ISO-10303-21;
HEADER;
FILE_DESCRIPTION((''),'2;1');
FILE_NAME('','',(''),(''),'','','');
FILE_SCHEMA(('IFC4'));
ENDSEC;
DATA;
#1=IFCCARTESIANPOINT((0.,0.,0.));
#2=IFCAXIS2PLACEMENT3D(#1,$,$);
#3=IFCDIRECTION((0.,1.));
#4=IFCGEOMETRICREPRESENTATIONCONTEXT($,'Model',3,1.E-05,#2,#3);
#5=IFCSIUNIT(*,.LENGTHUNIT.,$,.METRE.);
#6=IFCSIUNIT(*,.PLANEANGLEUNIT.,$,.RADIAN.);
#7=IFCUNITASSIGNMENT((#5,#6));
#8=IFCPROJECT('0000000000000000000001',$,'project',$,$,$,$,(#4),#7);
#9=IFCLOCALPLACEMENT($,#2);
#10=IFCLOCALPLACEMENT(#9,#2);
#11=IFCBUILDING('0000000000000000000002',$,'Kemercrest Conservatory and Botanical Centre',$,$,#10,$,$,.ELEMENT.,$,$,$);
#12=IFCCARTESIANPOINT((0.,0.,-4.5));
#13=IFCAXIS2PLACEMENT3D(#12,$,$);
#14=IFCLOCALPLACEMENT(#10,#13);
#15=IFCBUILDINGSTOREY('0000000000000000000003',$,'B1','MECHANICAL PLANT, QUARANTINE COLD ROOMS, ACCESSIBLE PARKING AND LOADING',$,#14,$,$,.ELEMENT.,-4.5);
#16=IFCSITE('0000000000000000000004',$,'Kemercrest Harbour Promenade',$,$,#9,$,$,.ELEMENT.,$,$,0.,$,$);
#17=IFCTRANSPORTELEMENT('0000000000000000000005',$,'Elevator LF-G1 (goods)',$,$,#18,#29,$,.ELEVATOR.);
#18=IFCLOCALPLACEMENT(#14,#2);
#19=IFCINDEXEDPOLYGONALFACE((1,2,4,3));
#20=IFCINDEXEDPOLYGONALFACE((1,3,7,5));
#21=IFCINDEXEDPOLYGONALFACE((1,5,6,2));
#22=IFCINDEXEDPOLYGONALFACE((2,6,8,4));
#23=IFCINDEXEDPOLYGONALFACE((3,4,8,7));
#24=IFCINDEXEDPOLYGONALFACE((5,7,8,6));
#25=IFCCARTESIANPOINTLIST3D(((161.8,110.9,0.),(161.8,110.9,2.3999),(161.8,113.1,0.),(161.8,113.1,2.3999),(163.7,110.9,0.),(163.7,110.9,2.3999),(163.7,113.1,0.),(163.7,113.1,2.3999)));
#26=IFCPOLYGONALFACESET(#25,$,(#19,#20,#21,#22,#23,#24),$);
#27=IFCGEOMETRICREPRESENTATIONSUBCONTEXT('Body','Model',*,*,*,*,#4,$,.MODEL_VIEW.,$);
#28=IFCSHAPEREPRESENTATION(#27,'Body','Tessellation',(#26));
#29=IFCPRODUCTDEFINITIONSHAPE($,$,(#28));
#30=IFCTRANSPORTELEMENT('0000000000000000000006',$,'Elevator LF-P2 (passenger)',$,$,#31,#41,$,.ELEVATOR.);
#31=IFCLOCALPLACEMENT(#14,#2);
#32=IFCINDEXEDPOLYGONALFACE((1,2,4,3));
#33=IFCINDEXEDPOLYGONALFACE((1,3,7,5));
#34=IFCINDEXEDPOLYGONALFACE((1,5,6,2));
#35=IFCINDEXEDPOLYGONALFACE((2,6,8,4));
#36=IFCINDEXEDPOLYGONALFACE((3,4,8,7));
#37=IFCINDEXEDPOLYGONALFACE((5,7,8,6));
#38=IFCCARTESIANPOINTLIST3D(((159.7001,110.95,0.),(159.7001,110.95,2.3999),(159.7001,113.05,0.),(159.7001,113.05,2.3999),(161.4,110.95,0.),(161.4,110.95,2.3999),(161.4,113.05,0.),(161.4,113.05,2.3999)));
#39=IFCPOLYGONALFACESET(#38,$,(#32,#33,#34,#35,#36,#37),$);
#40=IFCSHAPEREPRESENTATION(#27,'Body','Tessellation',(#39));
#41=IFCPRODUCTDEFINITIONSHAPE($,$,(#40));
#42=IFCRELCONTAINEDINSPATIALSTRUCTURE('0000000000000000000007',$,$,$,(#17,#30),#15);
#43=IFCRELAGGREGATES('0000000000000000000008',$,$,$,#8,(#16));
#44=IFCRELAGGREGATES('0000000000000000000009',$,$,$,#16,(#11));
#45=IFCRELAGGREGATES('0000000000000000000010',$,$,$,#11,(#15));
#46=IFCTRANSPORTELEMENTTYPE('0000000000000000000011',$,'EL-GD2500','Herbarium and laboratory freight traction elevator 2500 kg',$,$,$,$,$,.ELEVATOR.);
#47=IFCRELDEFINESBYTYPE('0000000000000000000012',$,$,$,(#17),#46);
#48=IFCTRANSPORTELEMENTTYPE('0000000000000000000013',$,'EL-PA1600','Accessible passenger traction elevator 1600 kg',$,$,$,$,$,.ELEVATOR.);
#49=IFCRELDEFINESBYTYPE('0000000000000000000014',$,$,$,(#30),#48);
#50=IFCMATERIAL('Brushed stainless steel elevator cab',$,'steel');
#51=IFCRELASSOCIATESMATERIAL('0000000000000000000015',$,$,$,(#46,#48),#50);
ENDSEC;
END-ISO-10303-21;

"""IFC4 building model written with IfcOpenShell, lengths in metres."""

from ifc_helpers import new_model, si_unit, direction, frame, origin, origin_2d, place, context, subcontext, project, spatial, rectangle, extrude, material, type_object, element, save


model = new_model("IFC4")

# Units and contexts
model_context = context("Model", 3, precision=1e-05, world=origin(), true_north=direction((0.0, 1.0)))
body_context = subcontext(model_context, "Body", "Model", "MODEL_VIEW")
ifc_project = project(units=[si_unit("LENGTHUNIT", "METRE"), si_unit("PLANEANGLEUNIT", "RADIAN")], contexts=[model_context])

# Site, building, storey
site_placement = place(None, origin())
site = spatial("IfcSite", under=ifc_project, at=site_placement, Name="Kemercrest Harbour Promenade", CompositionType="ELEMENT", RefElevation=0.0)
building_placement = place(site_placement, origin())
building = spatial("IfcBuilding", under=site, at=building_placement, Name="Kemercrest Conservatory and Botanical Centre", CompositionType="ELEMENT")
storey_placement = place(building_placement, frame((0.0, 0.0, -4.5)))
storey = spatial("IfcBuildingStorey", under=building, at=storey_placement, Name="B1", Description="MECHANICAL PLANT, QUARANTINE COLD ROOMS, ACCESSIBLE PARKING AND LOADING", CompositionType="ELEMENT", Elevation=-4.5)

# Transport elements
ifc_material_1 = material(Name="Brushed stainless steel elevator cab", Category="steel")
transport_element_type_1 = type_object("IfcTransportElementType", Name="EL-GD2500", Description="Herbarium and laboratory freight traction elevator 2500 kg", PredefinedType="ELEVATOR", material=ifc_material_1)
transport_element_1_placement = place(storey_placement, frame((162.75, 112.0, 0.0), z_axis=(0.0, 0.0, 1.0), x_axis=(1.0, 0.0, 0.0)))
element("IfcTransportElement", 1, at=transport_element_1_placement, inside=storey, type_object=transport_element_type_1, Name="Elevator LF-G1 (goods)", PredefinedType="ELEVATOR", context=body_context, shape_type="SweptSolid", body=[
    extrude(rectangle(XDim=1.8999, YDim=2.2, at=origin_2d()), origin(), (0.0, 0.0, 1.0), 2.3999),
])
transport_element_type_2 = type_object("IfcTransportElementType", Name="EL-PA1600", Description="Accessible passenger traction elevator 1600 kg", PredefinedType="ELEVATOR", material=ifc_material_1)
transport_element_2_placement = place(storey_placement, frame((160.55, 112.0, 0.0), z_axis=(0.0, 0.0, 1.0), x_axis=(1.0, 0.0, 0.0)))
element("IfcTransportElement", 2, at=transport_element_2_placement, inside=storey, type_object=transport_element_type_2, Name="Elevator LF-P2 (passenger)", PredefinedType="ELEVATOR", context=body_context, shape_type="SweptSolid", body=[
    extrude(rectangle(XDim=1.7, YDim=2.1001, at=origin_2d()), origin(), (0.0, 0.0, 1.0), 2.3999),
])

save(model, "model.ifc")
